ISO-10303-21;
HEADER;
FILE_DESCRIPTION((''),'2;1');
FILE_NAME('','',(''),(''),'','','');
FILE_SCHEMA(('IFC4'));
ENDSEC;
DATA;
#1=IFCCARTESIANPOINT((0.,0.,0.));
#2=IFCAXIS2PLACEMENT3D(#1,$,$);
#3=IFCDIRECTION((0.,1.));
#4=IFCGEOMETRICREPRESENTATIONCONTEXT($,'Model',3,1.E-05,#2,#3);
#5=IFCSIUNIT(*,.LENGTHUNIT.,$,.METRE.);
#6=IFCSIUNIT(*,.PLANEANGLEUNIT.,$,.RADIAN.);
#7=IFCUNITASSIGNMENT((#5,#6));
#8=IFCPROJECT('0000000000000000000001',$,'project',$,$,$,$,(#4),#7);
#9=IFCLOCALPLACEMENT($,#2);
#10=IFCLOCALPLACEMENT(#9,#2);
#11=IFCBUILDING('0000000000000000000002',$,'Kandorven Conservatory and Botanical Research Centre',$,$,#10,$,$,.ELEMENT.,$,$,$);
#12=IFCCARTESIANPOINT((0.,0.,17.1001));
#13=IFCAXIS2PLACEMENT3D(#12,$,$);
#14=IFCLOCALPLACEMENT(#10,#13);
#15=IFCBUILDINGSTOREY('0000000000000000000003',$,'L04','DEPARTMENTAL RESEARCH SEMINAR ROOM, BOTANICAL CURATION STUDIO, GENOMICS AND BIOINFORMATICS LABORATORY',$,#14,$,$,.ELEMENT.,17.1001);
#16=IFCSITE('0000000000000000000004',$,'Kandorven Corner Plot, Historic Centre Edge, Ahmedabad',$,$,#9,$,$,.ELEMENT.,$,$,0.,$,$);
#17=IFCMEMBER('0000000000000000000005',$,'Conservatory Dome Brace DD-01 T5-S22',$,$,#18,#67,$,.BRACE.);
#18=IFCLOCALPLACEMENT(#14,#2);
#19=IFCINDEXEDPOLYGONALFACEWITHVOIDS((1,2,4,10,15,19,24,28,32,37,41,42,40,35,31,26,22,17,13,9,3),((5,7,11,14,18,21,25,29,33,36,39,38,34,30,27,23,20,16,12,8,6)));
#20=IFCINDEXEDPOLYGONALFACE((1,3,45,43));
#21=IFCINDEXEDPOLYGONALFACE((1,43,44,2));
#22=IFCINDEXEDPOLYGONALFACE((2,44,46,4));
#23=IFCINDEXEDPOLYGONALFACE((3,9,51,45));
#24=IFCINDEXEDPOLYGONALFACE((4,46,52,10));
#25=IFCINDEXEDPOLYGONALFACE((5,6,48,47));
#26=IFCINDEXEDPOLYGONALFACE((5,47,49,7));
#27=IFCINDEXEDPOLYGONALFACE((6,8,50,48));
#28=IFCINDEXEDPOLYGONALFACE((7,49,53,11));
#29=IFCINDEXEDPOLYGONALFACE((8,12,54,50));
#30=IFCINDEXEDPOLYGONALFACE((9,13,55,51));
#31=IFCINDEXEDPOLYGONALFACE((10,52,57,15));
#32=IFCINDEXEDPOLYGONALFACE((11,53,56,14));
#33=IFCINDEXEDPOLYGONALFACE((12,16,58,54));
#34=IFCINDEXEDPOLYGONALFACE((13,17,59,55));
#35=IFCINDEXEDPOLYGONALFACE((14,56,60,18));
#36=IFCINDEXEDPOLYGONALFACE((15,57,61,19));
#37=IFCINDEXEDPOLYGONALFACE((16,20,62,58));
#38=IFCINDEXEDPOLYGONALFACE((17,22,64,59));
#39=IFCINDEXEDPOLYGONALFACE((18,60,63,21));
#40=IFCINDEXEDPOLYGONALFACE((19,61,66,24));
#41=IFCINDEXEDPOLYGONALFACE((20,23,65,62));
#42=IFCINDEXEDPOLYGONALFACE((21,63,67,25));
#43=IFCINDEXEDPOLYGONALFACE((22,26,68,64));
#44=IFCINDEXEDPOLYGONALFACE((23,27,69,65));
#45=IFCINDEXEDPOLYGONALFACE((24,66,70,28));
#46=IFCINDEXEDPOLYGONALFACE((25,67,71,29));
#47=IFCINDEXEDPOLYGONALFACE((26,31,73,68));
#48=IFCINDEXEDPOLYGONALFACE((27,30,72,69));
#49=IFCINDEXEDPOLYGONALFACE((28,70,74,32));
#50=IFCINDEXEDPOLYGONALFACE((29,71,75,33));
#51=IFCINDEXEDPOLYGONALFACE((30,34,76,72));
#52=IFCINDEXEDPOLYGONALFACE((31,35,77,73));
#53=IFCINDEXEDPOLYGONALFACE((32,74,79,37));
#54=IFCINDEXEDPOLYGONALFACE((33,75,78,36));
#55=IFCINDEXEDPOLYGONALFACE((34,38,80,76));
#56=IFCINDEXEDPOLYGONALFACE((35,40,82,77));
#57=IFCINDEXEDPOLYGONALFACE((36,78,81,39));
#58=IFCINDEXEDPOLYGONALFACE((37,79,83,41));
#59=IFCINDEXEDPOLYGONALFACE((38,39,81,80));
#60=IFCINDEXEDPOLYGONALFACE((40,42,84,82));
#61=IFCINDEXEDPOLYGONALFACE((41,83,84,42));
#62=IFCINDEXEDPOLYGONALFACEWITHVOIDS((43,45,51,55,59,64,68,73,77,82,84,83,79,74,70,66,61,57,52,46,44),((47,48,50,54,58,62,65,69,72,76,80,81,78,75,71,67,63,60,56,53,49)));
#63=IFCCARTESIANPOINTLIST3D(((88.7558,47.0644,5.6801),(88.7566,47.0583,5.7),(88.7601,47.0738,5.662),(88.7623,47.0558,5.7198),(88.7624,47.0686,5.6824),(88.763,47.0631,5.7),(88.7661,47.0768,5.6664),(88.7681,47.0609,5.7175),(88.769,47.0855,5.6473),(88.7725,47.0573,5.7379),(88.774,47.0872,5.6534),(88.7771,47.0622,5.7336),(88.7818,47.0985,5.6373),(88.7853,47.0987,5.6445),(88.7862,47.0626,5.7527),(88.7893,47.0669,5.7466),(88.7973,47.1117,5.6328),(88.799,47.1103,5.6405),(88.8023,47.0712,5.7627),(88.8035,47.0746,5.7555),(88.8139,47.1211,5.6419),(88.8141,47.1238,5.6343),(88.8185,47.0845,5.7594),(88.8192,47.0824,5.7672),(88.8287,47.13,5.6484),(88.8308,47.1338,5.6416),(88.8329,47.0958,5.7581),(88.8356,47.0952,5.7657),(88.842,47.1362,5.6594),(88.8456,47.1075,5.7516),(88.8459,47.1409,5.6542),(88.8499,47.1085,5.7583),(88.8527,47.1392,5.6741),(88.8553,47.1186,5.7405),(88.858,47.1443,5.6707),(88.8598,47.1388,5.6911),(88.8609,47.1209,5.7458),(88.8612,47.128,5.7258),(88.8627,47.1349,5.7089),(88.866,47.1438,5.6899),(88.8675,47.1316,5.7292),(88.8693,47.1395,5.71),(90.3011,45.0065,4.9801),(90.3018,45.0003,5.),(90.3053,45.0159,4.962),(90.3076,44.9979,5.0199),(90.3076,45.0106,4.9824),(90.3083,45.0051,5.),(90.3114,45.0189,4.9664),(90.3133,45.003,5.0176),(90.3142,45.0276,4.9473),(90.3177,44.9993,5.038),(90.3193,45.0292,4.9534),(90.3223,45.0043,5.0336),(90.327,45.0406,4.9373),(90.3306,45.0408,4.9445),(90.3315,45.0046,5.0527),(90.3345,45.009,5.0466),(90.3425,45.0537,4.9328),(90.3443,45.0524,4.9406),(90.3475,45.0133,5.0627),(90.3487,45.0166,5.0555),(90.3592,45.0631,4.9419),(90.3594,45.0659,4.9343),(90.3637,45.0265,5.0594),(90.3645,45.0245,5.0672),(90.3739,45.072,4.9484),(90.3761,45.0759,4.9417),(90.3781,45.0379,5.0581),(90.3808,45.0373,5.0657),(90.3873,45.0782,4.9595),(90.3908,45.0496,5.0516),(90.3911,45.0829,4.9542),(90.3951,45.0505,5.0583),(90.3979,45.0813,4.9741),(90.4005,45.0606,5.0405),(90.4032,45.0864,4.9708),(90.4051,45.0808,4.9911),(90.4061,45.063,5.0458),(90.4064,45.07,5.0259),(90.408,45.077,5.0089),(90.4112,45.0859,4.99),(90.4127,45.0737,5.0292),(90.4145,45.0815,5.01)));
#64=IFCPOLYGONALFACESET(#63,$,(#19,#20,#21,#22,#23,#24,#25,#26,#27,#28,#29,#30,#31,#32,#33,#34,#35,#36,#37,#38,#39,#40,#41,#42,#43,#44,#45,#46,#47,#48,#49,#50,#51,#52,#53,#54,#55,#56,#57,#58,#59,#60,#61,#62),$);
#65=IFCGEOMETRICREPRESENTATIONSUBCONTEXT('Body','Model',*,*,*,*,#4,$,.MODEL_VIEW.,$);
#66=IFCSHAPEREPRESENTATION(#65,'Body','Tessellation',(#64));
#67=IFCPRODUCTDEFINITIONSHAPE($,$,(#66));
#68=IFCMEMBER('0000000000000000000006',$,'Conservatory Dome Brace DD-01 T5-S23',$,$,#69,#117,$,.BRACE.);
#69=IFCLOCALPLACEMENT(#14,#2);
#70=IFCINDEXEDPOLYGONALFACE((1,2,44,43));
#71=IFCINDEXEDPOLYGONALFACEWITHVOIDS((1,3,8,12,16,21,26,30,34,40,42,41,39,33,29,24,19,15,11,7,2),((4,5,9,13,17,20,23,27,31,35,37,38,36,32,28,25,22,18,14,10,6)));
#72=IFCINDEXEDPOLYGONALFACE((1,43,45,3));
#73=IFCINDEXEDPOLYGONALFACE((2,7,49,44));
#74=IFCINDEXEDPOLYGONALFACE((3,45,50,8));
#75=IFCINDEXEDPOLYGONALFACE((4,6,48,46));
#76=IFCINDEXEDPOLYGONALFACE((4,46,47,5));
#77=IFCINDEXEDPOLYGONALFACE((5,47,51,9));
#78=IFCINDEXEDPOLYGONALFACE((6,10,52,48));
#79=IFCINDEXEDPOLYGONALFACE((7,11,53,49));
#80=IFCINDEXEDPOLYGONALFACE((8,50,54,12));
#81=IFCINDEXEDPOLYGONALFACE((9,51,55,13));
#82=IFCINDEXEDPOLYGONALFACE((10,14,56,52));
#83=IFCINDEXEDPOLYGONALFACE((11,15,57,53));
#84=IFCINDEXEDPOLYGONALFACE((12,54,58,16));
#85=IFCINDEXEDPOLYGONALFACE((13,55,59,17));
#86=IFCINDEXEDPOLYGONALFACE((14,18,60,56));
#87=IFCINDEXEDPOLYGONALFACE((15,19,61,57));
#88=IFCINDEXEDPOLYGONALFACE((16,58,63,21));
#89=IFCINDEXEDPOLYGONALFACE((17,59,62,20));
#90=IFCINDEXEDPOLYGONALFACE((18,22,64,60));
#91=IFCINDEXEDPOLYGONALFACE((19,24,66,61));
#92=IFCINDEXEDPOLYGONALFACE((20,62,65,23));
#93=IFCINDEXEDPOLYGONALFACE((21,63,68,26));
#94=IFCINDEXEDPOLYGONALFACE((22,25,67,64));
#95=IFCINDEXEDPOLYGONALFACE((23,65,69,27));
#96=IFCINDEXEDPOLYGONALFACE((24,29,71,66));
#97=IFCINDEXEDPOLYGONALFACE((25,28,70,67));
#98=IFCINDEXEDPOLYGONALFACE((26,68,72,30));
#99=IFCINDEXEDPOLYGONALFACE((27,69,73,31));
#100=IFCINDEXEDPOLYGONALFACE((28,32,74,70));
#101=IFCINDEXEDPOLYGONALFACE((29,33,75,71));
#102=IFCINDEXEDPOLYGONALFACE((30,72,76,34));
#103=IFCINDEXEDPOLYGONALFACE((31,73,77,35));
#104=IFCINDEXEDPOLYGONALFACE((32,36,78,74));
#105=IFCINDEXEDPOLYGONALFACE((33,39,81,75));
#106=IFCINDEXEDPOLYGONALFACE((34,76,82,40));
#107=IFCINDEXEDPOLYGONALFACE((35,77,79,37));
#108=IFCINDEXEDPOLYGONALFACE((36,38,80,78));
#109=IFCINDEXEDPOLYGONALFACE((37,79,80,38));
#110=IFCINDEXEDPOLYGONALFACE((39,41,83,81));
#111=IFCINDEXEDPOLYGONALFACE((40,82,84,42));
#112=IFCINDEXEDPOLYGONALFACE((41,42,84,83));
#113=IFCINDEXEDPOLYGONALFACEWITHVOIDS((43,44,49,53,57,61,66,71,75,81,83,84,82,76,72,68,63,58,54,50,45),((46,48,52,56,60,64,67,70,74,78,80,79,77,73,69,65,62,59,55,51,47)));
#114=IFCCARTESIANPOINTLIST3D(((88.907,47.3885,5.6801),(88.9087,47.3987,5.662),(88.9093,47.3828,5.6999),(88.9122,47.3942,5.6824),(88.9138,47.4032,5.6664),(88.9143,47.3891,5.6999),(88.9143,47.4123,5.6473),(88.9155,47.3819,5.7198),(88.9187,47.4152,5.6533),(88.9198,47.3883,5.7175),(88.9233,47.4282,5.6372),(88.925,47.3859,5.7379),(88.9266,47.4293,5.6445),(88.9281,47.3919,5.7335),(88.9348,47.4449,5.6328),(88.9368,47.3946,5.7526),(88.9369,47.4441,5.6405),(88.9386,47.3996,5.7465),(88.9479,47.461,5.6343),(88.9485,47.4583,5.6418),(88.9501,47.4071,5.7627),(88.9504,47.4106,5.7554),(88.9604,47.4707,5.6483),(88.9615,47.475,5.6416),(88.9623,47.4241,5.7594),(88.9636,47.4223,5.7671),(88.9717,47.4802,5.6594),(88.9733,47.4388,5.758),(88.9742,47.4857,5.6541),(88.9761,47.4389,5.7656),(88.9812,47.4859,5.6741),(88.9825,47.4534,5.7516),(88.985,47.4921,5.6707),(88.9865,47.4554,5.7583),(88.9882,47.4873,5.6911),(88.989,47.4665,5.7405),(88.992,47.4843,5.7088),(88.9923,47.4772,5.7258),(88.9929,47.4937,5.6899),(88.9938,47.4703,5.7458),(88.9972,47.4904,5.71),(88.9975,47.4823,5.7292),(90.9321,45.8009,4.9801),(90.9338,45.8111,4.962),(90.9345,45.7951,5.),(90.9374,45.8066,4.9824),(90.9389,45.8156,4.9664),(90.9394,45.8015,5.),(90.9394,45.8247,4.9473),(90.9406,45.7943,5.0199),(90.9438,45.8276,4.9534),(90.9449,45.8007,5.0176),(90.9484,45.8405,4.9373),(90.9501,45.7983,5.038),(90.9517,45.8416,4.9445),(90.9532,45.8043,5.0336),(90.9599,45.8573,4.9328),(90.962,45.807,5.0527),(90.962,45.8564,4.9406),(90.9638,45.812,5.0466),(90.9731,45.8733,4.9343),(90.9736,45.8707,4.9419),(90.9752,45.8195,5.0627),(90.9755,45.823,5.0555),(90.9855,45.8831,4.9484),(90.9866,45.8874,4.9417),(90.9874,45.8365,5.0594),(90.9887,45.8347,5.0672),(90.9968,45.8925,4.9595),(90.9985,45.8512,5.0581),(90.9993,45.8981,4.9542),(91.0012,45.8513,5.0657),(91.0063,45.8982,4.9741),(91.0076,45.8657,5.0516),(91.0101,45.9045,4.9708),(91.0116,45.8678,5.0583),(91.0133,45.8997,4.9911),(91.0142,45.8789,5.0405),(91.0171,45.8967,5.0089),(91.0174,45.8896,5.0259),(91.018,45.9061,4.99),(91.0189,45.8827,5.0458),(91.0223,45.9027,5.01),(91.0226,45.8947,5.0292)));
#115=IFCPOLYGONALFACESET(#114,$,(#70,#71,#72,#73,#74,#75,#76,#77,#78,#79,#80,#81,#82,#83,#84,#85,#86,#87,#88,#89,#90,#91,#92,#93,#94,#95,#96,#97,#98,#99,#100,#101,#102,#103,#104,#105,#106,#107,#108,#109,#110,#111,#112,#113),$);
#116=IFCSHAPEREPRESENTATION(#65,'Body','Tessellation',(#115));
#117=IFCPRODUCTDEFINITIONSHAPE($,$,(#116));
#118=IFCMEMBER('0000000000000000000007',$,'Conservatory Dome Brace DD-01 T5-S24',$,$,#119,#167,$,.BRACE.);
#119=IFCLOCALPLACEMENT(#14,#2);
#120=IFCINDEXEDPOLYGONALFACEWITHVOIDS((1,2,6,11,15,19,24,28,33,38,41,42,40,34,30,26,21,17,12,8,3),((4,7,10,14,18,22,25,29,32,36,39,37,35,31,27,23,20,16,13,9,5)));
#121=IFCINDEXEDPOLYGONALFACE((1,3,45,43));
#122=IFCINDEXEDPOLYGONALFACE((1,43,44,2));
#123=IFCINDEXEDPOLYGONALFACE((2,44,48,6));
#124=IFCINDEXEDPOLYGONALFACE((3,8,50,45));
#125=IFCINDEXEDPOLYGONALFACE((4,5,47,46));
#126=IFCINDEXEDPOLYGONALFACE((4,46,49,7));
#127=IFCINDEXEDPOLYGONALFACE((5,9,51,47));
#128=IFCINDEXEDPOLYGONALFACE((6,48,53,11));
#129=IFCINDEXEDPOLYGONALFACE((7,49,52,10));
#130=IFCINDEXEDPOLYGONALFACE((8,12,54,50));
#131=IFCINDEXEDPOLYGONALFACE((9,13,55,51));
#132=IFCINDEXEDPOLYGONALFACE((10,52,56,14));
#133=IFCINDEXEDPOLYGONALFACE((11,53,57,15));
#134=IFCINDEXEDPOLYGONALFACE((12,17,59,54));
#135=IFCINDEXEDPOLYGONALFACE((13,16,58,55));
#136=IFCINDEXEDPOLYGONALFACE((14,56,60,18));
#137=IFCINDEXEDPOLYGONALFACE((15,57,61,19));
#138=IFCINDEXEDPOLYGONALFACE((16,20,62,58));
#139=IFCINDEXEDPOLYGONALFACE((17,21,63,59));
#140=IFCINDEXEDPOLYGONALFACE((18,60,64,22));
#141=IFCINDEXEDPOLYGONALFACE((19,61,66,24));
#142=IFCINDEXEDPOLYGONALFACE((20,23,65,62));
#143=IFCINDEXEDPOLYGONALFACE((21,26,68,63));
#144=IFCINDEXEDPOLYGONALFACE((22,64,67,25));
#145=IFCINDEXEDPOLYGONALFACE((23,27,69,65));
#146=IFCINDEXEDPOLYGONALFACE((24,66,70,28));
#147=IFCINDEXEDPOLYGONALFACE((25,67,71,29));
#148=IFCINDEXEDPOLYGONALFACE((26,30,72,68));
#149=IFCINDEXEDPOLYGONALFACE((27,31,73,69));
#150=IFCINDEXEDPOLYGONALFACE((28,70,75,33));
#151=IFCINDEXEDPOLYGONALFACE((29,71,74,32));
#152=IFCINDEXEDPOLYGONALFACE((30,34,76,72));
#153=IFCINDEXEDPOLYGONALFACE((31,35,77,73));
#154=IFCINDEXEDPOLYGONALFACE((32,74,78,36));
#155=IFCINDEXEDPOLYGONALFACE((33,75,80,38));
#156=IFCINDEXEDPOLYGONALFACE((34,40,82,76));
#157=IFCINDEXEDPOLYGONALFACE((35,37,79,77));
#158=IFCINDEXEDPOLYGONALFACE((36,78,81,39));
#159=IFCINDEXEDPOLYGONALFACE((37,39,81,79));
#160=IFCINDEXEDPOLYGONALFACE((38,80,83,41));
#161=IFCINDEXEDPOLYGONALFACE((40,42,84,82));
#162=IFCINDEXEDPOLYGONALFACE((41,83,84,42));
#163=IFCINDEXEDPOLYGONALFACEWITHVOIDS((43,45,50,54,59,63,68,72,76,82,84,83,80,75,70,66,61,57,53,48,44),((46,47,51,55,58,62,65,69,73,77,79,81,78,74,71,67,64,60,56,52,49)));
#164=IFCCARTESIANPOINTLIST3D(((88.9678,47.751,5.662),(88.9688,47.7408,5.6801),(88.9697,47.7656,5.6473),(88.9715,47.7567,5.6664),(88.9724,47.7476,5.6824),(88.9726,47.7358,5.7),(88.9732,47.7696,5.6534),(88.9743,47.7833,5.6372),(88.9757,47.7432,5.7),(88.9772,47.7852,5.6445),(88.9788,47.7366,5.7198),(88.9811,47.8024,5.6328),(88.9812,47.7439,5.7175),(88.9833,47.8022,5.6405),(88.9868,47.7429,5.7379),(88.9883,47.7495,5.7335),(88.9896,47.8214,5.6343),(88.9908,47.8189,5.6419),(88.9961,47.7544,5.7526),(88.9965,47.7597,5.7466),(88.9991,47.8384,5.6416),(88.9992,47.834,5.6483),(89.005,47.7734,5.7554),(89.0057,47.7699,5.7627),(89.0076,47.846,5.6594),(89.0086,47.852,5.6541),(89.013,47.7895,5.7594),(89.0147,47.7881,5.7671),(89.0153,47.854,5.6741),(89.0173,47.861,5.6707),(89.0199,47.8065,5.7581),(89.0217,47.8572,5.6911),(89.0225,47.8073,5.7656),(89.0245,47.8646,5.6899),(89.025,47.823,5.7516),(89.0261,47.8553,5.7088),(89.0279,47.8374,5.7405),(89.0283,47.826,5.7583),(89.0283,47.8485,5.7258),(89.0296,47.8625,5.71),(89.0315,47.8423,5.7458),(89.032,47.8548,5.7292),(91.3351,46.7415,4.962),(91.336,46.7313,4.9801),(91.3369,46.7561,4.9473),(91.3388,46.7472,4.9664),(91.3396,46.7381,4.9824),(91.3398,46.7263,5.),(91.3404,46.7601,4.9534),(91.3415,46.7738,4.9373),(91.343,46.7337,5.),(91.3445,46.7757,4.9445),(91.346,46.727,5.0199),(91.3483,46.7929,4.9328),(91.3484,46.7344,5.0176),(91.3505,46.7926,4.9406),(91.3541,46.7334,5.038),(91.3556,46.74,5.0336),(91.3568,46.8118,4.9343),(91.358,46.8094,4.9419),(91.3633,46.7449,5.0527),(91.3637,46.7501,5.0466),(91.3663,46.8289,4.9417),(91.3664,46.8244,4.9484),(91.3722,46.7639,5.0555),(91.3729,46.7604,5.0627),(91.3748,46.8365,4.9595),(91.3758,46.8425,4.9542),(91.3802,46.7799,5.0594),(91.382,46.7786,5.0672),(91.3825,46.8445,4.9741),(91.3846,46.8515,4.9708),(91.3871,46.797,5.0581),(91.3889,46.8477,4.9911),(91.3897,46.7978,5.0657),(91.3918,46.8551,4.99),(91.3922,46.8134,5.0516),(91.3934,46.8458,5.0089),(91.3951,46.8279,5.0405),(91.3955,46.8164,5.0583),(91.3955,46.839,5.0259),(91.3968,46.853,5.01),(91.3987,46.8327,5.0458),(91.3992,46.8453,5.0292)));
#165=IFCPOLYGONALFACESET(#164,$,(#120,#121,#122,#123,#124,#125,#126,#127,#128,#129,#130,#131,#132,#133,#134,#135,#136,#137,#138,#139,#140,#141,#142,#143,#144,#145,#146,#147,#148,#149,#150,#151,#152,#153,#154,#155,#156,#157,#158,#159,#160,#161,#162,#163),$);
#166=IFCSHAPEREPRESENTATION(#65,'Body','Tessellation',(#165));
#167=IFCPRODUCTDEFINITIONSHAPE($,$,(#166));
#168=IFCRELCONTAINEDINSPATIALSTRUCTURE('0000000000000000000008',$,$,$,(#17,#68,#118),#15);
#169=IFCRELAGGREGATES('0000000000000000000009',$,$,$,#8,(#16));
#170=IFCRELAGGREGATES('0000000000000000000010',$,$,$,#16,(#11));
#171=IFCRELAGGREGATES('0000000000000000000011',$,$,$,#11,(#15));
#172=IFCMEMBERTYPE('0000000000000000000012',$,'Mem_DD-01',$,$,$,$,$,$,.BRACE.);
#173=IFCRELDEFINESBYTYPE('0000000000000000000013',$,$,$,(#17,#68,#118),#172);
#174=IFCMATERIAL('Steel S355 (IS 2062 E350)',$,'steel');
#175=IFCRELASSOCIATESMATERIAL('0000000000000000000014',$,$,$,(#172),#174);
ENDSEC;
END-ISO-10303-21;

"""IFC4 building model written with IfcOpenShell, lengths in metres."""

from ifc_helpers import new_model, si_unit, direction, frame, origin, origin_2d, place, context, subcontext, project, spatial, hollow_circle, extrude, material, material_profile, profile_set, type_object, element, save


model = new_model("IFC4")

# Units and contexts
model_context = context("Model", 3, precision=1e-05, world=origin(), true_north=direction((0.0, 1.0)))
body_context = subcontext(model_context, "Body", "Model", "MODEL_VIEW")
ifc_project = project(units=[si_unit("LENGTHUNIT", "METRE"), si_unit("PLANEANGLEUNIT", "RADIAN")], contexts=[model_context])

# Site, building, storey
site_placement = place(None, origin())
site = spatial("IfcSite", under=ifc_project, at=site_placement, Name="Kandorven Corner Plot, Historic Centre Edge, Ahmedabad", CompositionType="ELEMENT", RefElevation=0.0)
building_placement = place(site_placement, origin())
building = spatial("IfcBuilding", under=site, at=building_placement, Name="Kandorven Conservatory and Botanical Research Centre", CompositionType="ELEMENT")
storey_placement = place(building_placement, frame((0.0, 0.0, 17.1001)))
storey = spatial("IfcBuildingStorey", under=building, at=storey_placement, Name="L04", Description="DEPARTMENTAL RESEARCH SEMINAR ROOM, BOTANICAL CURATION STUDIO, GENOMICS AND BIOINFORMATICS LABORATORY", CompositionType="ELEMENT", Elevation=17.1001)

# Members
ifc_material_1 = material(Name="Steel S355 (IS 2062 E350)", Category="steel")
ifc_material_profile_1 = material_profile(ifc_material_1, hollow_circle(Radius=0.0698, WallThickness=0.0081, at=origin_2d()))
ifc_profile_set_1 = profile_set([ifc_material_profile_1], Name="Steel S355 (IS 2062 E350)")
member_type_1 = type_object("IfcMemberType", Name="Mem_DD-01", PredefinedType="BRACE", material=ifc_profile_set_1)
member_1_placement = place(storey_placement, frame((90.3577, 45.0422, 5.0), z_axis=(-0.57939, 0.771636, 0.26246), x_axis=(-0.79967, -0.60044, 0.0)))
element("IfcMember", 1, at=member_1_placement, inside=storey, type_object=member_type_1, Name="Conservatory Dome Brace DD-01 T5-S22", PredefinedType="BRACE", context=body_context, shape_type="SweptSolid", body=[
    extrude(hollow_circle(Radius=0.0698, WallThickness=0.0081, at=origin_2d()), origin(), (0.0, 0.0, 1.0), 2.667),
])
member_2_placement = place(storey_placement, frame((90.9775, 45.8501, 5.0), z_axis=(-0.759395, 0.59534, 0.26247), x_axis=(-0.616971, -0.786986, 0.0)))
element("IfcMember", 2, at=member_2_placement, inside=storey, type_object=member_type_1, Name="Conservatory Dome Brace DD-01 T5-S23", PredefinedType="BRACE", context=body_context, shape_type="SweptSolid", body=[
    extrude(hollow_circle(Radius=0.0698, WallThickness=0.0081, at=origin_2d()), origin(), (0.0, 0.0, 1.0), 2.6667),
])
member_3_placement = place(storey_placement, frame((91.3672, 46.7905, 5.0), z_axis=(-0.8876, 0.37853, 0.262453), x_axis=(-0.392281, -0.919845, 0.0)))
element("IfcMember", 3, at=member_3_placement, inside=storey, type_object=member_type_1, Name="Conservatory Dome Brace DD-01 T5-S24", PredefinedType="BRACE", context=body_context, shape_type="SweptSolid", body=[
    extrude(hollow_circle(Radius=0.0698, WallThickness=0.0081, at=origin_2d()), origin(), (0.0, 0.0, 1.0), 2.667),
])

save(model, "model.ifc")
